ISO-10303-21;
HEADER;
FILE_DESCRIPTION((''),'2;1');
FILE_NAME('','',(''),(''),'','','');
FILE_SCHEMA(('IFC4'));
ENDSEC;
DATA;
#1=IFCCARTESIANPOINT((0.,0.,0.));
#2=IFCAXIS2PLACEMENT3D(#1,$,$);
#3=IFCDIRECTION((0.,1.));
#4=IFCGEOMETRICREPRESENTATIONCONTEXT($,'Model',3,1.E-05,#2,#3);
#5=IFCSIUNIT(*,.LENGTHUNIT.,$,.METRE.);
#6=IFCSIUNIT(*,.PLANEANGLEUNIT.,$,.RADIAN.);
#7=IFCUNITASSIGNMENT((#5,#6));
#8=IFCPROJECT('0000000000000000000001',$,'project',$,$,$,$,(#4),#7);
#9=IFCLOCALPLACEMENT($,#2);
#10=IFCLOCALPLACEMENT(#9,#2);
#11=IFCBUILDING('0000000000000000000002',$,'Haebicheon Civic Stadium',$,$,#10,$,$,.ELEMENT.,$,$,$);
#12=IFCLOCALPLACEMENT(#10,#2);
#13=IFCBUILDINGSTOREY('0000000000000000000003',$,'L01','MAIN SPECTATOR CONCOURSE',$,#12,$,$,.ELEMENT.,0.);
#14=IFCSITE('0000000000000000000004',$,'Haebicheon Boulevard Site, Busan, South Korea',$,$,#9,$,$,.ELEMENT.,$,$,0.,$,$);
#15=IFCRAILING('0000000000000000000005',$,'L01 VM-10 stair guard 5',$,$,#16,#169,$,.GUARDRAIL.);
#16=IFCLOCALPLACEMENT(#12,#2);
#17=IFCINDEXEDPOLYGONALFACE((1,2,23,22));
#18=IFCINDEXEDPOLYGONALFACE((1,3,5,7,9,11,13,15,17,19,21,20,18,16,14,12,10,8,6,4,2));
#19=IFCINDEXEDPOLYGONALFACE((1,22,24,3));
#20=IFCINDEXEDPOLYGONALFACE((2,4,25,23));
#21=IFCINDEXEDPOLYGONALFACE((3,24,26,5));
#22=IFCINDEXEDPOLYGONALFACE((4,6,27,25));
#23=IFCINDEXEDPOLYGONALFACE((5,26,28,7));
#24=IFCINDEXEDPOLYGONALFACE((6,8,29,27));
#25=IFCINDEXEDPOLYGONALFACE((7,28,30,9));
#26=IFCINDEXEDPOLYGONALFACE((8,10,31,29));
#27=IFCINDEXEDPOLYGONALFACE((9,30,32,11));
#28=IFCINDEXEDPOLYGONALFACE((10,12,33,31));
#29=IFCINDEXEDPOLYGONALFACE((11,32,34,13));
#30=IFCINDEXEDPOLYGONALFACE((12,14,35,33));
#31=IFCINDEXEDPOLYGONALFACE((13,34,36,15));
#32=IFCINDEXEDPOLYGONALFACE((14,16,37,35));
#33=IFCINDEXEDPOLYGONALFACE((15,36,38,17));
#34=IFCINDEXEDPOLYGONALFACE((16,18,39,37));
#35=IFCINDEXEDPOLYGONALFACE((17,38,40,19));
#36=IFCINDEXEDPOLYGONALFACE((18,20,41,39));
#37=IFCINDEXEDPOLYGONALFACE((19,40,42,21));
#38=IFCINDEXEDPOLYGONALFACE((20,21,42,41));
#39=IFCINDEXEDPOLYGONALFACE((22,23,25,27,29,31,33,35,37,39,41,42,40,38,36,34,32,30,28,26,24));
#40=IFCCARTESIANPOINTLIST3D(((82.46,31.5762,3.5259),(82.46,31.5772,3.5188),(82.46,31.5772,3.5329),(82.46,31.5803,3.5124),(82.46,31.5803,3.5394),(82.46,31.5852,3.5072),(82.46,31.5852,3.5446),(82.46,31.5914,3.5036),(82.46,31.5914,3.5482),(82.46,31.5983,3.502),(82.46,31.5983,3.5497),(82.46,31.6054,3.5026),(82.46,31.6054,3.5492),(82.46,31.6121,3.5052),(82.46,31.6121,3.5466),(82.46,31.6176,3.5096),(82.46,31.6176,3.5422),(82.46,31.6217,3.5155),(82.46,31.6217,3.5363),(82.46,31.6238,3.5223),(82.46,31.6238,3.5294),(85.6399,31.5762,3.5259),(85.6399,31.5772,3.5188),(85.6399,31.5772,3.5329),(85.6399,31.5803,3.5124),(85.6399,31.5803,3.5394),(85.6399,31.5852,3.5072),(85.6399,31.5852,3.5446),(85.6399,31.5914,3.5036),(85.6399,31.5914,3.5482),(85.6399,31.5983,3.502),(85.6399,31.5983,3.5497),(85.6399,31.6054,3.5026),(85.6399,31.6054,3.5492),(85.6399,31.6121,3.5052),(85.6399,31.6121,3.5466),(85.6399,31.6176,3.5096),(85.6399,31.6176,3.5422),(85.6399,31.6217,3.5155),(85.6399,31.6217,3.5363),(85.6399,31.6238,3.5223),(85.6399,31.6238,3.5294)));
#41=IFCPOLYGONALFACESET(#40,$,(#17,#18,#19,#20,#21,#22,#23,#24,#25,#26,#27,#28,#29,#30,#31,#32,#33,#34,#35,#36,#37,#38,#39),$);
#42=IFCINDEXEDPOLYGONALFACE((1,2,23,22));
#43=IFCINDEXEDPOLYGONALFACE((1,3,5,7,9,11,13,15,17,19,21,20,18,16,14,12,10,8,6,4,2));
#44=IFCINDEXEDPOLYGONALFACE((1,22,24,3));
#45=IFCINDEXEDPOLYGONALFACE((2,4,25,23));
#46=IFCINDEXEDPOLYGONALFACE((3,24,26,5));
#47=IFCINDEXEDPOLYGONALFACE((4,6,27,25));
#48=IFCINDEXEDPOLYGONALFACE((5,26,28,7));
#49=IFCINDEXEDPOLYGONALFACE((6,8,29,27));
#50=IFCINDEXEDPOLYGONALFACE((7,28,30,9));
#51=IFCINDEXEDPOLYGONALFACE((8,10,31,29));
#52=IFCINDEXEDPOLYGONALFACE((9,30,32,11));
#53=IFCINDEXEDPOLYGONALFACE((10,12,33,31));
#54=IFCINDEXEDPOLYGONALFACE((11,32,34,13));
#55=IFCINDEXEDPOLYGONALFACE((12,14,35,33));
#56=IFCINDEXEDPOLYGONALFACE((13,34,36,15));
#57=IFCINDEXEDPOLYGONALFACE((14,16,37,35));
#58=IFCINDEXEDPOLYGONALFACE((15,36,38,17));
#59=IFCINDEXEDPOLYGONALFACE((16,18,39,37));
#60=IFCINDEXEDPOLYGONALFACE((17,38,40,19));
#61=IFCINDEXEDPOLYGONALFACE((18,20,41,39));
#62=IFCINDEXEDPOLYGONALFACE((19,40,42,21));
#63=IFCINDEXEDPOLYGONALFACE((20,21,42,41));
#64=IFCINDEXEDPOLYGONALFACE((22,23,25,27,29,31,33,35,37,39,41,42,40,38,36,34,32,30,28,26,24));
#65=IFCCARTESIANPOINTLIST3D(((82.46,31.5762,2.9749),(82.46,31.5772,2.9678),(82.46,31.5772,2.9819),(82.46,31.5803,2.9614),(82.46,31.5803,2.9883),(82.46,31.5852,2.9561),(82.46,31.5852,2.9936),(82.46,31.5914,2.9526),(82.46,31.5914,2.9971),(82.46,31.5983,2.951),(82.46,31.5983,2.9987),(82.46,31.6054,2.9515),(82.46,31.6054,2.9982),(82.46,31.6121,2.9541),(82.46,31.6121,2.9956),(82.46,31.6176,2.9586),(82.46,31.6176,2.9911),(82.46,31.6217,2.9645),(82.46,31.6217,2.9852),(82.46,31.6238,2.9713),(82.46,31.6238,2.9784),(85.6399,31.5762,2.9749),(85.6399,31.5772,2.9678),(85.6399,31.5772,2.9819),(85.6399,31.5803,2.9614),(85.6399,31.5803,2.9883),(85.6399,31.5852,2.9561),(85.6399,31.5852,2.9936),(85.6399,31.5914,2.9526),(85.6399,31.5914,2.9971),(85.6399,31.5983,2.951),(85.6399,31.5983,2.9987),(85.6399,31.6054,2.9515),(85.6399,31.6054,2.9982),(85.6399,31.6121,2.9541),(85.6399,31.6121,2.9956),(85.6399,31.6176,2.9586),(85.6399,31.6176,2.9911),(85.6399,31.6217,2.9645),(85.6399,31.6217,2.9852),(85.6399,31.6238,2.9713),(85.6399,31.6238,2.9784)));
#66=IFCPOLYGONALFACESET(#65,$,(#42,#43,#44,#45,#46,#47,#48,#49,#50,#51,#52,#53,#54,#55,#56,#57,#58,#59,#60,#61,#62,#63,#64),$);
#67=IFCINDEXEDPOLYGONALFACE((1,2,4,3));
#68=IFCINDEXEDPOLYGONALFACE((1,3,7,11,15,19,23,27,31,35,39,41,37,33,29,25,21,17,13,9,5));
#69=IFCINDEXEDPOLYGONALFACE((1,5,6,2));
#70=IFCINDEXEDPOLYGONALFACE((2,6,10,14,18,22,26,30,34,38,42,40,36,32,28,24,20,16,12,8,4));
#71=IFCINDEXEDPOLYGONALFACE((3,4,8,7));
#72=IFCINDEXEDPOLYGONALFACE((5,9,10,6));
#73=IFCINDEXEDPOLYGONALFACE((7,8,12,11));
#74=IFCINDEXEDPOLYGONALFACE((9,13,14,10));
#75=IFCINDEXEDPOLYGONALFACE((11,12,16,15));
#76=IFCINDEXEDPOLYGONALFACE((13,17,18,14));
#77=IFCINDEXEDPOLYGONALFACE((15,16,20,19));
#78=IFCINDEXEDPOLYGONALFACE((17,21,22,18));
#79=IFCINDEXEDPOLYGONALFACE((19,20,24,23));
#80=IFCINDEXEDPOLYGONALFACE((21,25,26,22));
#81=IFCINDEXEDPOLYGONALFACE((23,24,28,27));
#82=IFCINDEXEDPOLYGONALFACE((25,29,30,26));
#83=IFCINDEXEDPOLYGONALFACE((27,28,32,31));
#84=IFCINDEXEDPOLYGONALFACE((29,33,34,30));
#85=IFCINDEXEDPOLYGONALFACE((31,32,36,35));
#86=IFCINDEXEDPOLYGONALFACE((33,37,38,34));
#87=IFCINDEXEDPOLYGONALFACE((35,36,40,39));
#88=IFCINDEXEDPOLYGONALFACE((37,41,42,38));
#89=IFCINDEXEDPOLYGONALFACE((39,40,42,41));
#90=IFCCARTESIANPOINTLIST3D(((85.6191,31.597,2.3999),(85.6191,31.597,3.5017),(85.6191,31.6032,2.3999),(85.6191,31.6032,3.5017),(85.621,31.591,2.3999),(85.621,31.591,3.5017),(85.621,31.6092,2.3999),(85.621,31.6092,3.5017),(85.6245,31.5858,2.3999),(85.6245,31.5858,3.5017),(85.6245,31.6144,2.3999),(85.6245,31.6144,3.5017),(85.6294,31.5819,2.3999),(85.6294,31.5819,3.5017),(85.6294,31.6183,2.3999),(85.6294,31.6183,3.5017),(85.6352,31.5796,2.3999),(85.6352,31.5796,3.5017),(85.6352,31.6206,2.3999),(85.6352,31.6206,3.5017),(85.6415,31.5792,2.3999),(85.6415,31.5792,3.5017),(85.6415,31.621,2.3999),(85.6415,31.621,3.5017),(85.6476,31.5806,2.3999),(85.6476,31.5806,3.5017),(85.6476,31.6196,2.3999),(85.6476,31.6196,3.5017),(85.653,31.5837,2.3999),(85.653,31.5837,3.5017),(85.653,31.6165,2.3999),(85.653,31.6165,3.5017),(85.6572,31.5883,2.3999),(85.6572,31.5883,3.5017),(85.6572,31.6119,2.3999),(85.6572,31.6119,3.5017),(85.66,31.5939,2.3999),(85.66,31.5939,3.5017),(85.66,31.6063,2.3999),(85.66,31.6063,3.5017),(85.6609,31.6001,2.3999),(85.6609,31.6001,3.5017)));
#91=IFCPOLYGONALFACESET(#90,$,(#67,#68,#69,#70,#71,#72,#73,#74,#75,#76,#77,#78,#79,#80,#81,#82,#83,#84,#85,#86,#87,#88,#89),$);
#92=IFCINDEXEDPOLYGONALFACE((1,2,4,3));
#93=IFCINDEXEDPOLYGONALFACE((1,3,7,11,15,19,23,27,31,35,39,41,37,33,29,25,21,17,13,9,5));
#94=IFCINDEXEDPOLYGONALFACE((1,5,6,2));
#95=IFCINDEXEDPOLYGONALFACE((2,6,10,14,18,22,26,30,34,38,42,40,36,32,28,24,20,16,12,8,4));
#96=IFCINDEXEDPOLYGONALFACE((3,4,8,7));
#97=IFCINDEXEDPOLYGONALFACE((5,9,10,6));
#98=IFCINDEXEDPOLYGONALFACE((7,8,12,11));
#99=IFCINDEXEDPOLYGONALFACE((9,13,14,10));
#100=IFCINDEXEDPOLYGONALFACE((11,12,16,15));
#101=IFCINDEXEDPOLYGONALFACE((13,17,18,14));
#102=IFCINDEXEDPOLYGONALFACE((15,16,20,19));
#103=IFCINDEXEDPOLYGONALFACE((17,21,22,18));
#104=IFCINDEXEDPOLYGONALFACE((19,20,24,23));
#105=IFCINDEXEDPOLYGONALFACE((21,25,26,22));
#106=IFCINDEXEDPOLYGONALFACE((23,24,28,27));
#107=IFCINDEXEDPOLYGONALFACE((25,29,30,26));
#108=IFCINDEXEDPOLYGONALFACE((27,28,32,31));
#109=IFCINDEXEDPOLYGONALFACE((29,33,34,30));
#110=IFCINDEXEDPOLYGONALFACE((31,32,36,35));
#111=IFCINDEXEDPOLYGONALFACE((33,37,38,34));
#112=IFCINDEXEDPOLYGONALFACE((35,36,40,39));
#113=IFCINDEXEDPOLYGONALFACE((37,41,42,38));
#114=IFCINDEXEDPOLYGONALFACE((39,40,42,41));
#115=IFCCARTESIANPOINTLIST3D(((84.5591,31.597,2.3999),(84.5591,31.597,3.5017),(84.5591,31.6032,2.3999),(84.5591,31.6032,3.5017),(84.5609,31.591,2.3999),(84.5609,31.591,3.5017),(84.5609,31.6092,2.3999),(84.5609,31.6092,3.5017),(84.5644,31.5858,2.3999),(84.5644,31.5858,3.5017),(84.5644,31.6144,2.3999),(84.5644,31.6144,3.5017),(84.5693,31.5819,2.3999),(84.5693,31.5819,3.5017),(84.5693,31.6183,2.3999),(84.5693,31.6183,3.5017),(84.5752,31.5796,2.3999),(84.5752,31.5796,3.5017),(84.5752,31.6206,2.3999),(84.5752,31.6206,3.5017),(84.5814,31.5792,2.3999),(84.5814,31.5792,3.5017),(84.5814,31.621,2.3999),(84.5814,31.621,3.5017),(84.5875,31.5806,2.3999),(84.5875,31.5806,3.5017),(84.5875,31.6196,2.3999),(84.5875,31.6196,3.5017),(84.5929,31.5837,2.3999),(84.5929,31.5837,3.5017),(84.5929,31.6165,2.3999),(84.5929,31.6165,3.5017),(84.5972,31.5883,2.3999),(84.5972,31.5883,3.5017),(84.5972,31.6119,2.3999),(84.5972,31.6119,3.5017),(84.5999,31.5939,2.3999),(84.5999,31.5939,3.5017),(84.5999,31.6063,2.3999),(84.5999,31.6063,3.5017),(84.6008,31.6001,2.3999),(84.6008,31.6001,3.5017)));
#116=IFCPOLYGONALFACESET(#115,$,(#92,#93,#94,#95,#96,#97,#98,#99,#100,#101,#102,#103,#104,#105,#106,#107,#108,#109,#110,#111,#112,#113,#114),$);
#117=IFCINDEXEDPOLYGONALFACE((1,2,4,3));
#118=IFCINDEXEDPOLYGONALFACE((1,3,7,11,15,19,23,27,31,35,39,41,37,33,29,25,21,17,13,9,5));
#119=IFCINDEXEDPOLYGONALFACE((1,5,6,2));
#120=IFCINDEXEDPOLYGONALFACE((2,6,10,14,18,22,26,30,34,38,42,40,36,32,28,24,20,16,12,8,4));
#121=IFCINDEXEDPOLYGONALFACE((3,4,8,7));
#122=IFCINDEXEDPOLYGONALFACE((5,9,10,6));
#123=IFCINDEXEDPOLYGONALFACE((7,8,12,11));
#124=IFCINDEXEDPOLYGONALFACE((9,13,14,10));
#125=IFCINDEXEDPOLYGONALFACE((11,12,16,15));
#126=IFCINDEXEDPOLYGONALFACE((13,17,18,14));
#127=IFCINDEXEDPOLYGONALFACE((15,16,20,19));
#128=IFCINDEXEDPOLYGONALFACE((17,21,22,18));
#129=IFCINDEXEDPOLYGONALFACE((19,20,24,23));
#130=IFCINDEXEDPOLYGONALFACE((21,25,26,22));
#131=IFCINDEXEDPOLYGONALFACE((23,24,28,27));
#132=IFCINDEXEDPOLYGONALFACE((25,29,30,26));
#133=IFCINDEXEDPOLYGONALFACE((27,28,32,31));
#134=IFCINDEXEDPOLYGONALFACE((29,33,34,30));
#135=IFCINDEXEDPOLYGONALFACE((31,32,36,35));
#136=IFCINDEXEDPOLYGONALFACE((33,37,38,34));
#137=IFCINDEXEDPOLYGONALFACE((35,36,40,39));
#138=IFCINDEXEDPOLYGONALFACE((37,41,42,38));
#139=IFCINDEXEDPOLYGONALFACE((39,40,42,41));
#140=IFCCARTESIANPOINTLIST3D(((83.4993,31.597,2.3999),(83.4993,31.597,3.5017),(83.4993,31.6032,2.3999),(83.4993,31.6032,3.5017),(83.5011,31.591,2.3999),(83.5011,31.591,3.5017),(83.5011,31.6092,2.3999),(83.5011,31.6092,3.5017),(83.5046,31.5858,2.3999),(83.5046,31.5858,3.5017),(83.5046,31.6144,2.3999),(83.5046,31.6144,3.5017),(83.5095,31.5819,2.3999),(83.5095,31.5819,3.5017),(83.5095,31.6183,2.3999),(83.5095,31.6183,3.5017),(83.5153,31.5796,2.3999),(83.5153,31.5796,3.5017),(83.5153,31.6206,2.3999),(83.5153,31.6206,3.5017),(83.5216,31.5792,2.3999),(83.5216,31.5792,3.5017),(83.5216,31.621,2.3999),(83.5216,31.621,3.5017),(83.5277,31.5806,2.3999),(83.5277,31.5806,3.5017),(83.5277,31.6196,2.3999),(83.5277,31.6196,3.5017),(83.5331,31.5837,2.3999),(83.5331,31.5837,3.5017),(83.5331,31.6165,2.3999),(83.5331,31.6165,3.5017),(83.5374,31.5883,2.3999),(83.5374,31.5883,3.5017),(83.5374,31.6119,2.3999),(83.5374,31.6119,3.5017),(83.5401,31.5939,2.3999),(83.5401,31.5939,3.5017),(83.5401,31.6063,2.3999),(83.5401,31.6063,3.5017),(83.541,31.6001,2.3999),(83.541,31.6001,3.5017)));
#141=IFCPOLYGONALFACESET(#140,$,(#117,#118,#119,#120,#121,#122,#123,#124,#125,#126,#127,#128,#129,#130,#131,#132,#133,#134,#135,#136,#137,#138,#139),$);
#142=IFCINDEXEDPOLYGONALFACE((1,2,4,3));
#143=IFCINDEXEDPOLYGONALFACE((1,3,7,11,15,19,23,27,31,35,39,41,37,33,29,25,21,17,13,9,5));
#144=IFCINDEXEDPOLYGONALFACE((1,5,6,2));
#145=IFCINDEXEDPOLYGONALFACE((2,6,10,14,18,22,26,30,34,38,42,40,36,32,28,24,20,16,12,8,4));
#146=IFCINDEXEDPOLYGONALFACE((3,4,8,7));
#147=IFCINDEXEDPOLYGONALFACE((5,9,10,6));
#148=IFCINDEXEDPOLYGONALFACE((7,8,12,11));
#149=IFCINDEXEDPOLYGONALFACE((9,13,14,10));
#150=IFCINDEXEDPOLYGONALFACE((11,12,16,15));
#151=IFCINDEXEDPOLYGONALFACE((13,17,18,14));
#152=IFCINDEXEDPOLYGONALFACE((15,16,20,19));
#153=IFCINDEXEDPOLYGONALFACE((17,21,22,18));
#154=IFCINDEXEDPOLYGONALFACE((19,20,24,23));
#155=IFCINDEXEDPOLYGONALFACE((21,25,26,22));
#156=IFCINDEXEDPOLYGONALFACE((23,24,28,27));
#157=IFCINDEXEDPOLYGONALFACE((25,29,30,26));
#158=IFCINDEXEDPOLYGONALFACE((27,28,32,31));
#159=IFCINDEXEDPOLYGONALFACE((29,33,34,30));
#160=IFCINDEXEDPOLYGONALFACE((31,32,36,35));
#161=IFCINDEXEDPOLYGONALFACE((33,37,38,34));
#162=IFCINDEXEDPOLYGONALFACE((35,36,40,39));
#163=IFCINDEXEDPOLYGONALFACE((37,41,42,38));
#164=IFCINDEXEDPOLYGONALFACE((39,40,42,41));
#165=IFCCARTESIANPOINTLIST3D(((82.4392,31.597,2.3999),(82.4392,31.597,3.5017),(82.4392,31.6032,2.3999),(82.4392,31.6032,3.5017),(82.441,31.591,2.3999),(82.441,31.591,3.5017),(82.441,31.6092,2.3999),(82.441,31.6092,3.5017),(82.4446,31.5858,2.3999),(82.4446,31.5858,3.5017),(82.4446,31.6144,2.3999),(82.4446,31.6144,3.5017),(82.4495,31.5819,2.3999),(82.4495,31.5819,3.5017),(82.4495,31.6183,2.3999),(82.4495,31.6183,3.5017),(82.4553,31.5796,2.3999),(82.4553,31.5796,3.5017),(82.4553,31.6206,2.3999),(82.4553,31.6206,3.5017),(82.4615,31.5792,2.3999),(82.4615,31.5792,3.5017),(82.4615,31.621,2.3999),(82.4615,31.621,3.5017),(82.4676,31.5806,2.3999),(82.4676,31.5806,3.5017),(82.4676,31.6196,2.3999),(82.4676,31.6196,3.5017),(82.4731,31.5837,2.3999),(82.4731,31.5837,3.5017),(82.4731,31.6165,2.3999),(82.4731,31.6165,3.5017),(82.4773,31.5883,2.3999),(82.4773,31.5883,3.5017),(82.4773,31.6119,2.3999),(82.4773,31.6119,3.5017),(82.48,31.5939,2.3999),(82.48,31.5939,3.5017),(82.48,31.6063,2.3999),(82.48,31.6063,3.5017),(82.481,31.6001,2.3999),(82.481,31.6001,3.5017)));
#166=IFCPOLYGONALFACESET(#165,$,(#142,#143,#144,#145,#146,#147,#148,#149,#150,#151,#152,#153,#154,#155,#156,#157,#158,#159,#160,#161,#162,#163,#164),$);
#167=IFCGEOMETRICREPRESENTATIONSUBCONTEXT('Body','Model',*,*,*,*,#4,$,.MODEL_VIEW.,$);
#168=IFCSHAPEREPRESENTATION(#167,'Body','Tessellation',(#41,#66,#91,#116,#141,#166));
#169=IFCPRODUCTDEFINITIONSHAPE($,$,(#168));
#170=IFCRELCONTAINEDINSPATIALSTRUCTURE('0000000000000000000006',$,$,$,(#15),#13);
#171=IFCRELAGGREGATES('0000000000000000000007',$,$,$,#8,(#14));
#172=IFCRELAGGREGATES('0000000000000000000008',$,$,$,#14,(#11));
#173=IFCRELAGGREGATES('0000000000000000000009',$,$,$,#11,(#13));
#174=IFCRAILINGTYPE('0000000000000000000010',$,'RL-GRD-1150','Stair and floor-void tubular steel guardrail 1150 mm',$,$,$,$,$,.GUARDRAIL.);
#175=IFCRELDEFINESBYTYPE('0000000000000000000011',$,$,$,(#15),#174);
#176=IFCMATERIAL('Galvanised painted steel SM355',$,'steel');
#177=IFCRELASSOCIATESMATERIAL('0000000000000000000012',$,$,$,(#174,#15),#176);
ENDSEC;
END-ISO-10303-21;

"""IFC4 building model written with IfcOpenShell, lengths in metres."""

from ifc_helpers import new_model, si_unit, direction, frame, origin, origin_2d, place, context, subcontext, project, spatial, circle, extrude, material, type_object, element, save


model = new_model("IFC4")

# Units and contexts
model_context = context("Model", 3, precision=1e-05, world=origin(), true_north=direction((0.0, 1.0)))
body_context = subcontext(model_context, "Body", "Model", "MODEL_VIEW")
ifc_project = project(units=[si_unit("LENGTHUNIT", "METRE"), si_unit("PLANEANGLEUNIT", "RADIAN")], contexts=[model_context])

# Site, building, storey
site_placement = place(None, origin())
site = spatial("IfcSite", under=ifc_project, at=site_placement, Name="Haebicheon Boulevard Site, Busan, South Korea", CompositionType="ELEMENT", RefElevation=0.0)
building_placement = place(site_placement, origin())
building = spatial("IfcBuilding", under=site, at=building_placement, Name="Haebicheon Civic Stadium", CompositionType="ELEMENT")
storey_placement = place(building_placement, origin())
storey = spatial("IfcBuildingStorey", under=building, at=storey_placement, Name="L01", Description="MAIN SPECTATOR CONCOURSE", CompositionType="ELEMENT", Elevation=0.0)

# Railing
ifc_material_1 = material(Name="Galvanised painted steel SM355", Category="steel")
railing_type_1 = type_object("IfcRailingType", Name="RL-GRD-1150", Description="Stair and floor-void tubular steel guardrail 1150 mm", PredefinedType="GUARDRAIL", material=ifc_material_1)
railing_1_placement = place(storey_placement, frame((85.6399, 31.6001, 2.3999)))
element("IfcRailing", 1, at=railing_1_placement, inside=storey, type_object=railing_type_1, material=ifc_material_1, Name="L01 VM-10 stair guard 5", PredefinedType="GUARDRAIL", context=body_context, shape_type="SweptSolid", body=[
    extrude(circle(Radius=0.0239, at=origin_2d()), frame((0.0, 0.0, 1.126), z_axis=(-1.0, 0.0, 0.0), x_axis=(0.0, -1.0, 0.0)), (0.0, 0.0, 1.0), 3.1799),
    extrude(circle(Radius=0.0239, at=origin_2d()), frame((0.0, 0.0, 0.575), z_axis=(-1.0, 0.0, 0.0), x_axis=(0.0, -1.0, 0.0)), (0.0, 0.0, 1.0), 3.1799),
    extrude(circle(Radius=0.021, at=origin_2d()), origin(), (0.0, 0.0, 1.0), 1.1018),
    extrude(circle(Radius=0.021, at=origin_2d()), frame((-1.0601, 0.0, 0.0)), (0.0, 0.0, 1.0), 1.1018),
    extrude(circle(Radius=0.021, at=origin_2d()), frame((-2.1199, 0.0, 0.0)), (0.0, 0.0, 1.0), 1.1018),
    extrude(circle(Radius=0.021, at=origin_2d()), frame((-3.1799, 0.0, 0.0)), (0.0, 0.0, 1.0), 1.1018),
])

save(model, "model.ifc")
